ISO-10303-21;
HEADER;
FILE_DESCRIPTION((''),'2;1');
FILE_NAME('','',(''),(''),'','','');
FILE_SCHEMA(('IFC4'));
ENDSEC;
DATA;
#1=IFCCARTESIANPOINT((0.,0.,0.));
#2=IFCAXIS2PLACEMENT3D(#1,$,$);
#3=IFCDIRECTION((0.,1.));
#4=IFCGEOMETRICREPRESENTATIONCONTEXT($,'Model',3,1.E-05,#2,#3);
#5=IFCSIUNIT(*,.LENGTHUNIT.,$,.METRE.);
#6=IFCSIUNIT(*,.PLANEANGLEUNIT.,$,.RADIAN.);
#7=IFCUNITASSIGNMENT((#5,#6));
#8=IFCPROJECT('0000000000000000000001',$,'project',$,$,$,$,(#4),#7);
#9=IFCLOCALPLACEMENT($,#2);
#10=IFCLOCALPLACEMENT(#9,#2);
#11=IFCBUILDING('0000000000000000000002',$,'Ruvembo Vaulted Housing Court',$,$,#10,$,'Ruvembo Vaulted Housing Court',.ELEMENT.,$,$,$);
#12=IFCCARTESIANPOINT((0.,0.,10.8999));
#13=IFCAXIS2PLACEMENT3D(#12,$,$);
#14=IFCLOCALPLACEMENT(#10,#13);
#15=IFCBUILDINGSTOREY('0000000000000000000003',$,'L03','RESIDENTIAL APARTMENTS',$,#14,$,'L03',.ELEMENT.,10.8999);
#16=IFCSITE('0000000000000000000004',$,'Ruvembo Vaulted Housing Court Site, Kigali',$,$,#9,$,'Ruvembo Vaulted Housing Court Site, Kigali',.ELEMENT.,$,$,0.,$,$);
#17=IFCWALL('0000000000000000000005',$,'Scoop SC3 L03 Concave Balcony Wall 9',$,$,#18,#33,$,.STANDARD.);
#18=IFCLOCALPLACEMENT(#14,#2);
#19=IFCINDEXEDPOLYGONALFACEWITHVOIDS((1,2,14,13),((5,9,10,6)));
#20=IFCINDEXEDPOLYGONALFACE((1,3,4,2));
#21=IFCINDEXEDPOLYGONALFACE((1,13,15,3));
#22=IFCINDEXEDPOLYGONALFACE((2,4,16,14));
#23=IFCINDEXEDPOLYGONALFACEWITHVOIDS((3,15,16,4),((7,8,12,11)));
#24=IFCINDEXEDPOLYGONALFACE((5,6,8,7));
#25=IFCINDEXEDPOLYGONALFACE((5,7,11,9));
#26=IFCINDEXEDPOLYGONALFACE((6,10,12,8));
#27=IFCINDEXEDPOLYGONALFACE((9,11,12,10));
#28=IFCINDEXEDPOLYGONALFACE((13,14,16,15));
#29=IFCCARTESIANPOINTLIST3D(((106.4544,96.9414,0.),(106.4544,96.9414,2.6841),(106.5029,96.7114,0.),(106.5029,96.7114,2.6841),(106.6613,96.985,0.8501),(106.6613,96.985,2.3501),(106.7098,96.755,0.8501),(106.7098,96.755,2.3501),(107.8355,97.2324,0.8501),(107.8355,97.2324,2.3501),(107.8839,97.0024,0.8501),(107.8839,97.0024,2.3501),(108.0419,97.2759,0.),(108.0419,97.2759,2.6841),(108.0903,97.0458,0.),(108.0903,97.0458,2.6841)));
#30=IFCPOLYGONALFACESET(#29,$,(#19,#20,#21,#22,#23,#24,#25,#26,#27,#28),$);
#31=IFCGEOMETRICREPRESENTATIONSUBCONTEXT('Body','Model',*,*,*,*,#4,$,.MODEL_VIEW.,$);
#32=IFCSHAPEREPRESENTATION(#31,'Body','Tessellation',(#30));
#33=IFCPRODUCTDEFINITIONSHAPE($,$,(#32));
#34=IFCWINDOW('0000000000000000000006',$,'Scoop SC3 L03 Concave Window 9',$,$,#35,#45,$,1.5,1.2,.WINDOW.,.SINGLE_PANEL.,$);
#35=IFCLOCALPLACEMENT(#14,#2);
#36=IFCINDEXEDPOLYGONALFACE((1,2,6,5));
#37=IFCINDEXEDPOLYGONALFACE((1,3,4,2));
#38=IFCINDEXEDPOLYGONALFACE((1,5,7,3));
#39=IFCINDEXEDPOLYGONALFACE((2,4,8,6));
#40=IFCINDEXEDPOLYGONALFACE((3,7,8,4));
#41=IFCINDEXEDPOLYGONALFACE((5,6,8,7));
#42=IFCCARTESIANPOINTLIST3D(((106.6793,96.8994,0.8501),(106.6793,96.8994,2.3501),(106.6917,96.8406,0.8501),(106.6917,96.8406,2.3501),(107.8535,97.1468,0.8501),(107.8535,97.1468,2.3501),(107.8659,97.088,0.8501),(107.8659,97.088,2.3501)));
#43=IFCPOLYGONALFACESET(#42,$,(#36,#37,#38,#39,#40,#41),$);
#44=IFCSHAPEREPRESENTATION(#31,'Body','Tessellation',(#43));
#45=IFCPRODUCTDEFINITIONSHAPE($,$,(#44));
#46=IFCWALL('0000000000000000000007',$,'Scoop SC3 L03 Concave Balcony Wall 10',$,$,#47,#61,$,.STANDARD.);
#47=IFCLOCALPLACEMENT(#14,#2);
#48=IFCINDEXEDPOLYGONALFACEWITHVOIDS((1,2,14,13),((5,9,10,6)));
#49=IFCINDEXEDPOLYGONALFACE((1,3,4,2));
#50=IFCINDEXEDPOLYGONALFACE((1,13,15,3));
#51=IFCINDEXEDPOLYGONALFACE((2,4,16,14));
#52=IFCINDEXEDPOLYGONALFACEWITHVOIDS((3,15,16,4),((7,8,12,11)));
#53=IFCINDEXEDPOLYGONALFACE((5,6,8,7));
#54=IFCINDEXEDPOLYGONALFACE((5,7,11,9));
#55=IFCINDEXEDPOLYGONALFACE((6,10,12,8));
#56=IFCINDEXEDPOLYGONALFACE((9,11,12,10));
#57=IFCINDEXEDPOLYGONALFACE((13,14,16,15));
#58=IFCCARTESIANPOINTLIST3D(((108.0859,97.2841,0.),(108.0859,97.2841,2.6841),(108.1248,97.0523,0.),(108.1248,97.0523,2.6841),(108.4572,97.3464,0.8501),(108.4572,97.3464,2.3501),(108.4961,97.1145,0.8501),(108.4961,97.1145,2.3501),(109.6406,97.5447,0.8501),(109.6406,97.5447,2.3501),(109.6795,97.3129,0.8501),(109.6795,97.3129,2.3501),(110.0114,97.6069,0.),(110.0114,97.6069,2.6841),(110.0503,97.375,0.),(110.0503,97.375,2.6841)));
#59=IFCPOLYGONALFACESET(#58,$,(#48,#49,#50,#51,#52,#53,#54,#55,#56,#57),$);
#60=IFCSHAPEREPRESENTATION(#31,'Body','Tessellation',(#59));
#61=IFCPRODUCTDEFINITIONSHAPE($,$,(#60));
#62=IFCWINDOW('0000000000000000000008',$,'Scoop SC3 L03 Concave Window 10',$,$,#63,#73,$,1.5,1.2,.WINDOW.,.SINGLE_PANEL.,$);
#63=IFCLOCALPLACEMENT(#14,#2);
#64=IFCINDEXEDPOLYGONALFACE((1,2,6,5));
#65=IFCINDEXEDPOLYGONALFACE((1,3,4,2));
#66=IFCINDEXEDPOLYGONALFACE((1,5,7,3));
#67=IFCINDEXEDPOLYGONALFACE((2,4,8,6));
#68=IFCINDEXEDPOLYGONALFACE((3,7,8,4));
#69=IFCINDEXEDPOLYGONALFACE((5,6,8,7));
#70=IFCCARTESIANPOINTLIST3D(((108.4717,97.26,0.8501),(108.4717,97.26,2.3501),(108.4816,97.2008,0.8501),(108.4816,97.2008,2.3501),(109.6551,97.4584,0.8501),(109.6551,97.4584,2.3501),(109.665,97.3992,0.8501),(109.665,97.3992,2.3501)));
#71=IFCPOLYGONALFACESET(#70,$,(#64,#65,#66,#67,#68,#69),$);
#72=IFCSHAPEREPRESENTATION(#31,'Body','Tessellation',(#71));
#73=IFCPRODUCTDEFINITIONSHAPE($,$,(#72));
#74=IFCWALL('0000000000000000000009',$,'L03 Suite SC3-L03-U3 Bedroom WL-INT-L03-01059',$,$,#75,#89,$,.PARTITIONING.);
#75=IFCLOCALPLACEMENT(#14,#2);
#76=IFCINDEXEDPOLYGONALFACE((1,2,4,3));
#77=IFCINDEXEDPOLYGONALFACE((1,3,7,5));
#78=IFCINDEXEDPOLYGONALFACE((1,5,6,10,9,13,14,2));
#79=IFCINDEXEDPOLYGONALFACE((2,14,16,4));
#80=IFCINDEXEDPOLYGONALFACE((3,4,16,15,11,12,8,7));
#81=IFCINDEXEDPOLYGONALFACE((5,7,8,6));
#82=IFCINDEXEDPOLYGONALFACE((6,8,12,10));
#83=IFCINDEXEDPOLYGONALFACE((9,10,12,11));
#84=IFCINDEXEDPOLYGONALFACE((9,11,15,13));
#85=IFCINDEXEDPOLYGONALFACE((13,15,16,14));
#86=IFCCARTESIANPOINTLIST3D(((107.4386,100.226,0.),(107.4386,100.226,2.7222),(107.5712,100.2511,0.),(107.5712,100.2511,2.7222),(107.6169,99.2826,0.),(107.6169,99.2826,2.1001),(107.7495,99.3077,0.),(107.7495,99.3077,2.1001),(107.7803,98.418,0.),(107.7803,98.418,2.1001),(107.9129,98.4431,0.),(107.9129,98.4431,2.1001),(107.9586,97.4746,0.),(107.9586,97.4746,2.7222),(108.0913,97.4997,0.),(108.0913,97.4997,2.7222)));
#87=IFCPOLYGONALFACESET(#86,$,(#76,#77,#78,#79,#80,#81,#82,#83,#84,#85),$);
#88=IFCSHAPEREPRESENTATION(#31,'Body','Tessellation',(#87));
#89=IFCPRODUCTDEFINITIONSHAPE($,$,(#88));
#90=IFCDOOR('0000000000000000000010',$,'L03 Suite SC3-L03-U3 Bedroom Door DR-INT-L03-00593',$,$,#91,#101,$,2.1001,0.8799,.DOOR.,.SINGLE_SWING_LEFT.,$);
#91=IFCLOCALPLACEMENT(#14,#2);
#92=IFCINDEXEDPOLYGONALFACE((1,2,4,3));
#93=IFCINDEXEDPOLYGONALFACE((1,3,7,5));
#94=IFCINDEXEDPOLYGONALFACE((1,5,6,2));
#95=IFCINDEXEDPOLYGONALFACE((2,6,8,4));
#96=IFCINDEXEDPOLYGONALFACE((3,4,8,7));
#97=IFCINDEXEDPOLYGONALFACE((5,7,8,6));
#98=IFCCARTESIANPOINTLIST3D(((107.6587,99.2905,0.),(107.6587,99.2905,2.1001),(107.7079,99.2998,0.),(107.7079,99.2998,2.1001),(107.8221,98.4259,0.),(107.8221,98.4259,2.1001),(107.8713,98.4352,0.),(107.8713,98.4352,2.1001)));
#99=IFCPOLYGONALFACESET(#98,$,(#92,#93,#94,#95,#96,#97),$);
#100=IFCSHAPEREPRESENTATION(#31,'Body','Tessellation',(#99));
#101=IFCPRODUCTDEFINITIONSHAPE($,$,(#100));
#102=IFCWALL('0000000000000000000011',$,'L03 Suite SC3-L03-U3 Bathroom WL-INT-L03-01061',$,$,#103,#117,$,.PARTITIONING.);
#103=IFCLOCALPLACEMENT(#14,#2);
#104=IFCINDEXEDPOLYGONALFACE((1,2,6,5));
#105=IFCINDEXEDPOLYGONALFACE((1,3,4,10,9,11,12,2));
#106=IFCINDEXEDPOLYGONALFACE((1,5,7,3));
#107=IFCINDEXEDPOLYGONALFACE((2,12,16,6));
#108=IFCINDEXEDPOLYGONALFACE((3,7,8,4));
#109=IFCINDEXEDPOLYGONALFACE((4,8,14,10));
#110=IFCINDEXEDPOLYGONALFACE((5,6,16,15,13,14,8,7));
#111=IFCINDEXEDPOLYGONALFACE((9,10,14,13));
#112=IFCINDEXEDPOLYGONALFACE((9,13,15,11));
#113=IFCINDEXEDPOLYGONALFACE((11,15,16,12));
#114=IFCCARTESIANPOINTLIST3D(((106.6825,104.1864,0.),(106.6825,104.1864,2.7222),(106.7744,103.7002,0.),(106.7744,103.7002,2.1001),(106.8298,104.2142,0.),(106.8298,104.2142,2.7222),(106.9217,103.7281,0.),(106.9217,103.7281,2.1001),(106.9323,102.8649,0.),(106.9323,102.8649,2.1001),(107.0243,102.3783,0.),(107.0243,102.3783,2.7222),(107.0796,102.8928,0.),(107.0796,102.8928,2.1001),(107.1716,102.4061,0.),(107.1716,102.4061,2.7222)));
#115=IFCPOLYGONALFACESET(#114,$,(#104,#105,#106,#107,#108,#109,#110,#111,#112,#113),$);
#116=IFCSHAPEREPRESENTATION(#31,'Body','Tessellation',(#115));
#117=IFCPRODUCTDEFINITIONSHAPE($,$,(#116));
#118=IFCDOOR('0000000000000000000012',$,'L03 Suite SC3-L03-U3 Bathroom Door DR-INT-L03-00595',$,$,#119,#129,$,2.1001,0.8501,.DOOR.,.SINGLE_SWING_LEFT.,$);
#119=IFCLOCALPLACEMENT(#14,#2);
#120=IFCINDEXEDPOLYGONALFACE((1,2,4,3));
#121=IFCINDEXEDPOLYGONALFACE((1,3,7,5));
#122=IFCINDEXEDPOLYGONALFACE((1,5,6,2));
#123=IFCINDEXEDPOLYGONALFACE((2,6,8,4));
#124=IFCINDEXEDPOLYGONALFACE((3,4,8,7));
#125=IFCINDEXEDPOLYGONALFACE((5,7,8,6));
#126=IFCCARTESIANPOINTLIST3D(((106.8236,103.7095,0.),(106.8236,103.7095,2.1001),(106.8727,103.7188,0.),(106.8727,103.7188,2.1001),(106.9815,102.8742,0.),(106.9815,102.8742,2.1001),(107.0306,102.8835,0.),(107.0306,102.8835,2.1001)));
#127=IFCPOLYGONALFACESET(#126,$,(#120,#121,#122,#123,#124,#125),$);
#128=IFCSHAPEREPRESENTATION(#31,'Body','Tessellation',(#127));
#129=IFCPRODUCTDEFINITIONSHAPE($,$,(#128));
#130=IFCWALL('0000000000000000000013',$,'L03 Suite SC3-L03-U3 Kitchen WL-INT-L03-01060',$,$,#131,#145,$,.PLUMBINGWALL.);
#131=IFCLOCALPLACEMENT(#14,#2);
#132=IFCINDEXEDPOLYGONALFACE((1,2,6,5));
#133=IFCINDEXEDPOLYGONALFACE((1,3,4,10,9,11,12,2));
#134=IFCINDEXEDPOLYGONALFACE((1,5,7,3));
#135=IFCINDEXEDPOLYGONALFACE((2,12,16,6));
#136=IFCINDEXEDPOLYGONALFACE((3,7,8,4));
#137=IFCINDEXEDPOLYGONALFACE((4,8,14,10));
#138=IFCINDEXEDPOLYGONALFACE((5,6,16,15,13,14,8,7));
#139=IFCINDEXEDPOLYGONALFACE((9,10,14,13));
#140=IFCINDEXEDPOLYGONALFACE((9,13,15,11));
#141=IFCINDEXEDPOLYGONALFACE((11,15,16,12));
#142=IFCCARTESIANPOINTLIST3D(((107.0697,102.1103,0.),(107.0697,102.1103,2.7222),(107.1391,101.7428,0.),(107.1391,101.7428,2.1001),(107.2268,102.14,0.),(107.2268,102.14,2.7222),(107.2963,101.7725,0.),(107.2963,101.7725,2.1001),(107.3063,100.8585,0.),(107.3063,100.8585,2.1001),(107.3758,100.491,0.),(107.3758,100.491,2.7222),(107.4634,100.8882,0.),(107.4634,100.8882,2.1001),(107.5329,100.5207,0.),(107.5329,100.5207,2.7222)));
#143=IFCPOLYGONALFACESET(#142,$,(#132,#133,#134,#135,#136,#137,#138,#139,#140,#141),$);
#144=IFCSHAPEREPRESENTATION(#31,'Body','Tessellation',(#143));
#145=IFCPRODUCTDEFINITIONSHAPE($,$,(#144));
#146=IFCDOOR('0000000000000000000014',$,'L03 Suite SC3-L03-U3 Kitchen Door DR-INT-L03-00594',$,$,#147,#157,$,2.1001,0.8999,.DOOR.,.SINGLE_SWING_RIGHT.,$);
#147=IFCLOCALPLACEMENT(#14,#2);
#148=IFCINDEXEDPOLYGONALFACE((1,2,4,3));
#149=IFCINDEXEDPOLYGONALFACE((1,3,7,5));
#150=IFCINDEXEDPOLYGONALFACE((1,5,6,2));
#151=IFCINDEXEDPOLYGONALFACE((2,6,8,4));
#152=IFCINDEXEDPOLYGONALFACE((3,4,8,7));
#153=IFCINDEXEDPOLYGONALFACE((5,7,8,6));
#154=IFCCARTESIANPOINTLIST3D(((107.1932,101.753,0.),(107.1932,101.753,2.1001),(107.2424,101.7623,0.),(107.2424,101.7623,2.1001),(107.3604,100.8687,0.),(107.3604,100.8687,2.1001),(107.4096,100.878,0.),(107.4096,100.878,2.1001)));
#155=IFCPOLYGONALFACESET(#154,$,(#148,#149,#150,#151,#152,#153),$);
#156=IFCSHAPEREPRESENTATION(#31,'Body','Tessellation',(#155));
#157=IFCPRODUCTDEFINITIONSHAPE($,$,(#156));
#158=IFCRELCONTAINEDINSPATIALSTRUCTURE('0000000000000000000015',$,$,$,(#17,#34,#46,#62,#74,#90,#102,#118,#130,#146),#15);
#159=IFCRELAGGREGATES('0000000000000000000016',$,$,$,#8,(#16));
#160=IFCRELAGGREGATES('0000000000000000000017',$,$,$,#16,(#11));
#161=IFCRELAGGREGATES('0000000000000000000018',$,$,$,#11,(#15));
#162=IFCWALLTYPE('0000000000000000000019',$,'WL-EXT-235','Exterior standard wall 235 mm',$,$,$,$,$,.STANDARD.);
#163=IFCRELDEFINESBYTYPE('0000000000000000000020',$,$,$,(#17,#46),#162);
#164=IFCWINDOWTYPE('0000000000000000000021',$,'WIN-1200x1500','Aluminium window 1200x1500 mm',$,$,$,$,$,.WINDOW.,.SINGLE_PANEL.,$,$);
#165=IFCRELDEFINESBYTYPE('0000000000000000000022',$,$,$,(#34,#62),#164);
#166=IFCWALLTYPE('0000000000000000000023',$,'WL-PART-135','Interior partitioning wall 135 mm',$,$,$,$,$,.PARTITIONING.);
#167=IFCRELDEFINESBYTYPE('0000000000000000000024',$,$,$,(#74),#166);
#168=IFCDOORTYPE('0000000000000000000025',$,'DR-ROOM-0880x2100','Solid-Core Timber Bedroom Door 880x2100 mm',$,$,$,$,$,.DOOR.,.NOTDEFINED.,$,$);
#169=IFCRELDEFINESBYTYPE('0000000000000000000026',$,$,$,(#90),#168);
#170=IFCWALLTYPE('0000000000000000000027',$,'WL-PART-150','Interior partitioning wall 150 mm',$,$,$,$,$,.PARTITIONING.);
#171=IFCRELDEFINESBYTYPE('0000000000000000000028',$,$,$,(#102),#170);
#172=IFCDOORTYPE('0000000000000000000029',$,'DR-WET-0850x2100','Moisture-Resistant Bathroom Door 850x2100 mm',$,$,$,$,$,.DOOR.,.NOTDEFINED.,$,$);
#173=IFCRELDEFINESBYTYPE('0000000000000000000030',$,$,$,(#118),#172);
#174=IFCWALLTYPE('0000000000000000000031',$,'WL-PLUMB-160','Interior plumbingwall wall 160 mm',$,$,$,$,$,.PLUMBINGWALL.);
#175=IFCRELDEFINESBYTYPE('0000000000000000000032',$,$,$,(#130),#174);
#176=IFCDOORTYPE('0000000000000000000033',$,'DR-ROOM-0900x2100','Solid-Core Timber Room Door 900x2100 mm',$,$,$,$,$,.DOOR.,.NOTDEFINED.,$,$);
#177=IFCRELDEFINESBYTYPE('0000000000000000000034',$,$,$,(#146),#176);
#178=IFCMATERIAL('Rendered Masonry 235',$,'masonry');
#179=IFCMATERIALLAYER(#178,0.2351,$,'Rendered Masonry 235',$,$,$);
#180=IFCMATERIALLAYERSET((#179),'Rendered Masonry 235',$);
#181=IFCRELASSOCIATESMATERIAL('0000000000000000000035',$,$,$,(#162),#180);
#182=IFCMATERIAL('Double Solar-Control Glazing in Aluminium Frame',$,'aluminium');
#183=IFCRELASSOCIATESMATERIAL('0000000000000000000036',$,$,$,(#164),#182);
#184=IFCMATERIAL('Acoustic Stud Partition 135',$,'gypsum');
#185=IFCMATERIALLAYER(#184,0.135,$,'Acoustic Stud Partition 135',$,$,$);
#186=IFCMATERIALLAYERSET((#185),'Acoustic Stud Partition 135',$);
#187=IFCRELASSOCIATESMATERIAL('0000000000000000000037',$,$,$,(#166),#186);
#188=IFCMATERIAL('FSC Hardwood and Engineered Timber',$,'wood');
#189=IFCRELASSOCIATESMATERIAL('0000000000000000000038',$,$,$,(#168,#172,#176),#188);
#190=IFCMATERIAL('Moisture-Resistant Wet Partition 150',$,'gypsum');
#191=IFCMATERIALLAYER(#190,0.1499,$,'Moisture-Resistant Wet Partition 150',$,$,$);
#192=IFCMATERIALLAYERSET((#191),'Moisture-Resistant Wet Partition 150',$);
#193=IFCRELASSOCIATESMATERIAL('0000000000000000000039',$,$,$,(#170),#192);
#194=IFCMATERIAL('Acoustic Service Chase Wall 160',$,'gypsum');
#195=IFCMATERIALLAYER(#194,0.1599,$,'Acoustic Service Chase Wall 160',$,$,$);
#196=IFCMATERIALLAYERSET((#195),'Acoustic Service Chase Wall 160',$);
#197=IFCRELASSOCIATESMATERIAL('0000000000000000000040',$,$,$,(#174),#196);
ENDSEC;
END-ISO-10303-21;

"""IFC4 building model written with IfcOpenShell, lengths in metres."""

from ifc_helpers import new_model, si_unit, direction, frame, frame_2d, origin, place, context, subcontext, project, spatial, rectangle, extrude, material, layer, layer_set, type_object, element, fill, save


model = new_model("IFC4")

# Units and contexts
model_context = context("Model", 3, precision=1e-05, world=origin(), true_north=direction((0.0, 1.0)))
body_context = subcontext(model_context, "Body", "Model", "MODEL_VIEW")
ifc_project = project(units=[si_unit("LENGTHUNIT", "METRE"), si_unit("PLANEANGLEUNIT", "RADIAN")], contexts=[model_context])

# Site, building, storey
site_placement = place(None, origin())
site = spatial("IfcSite", under=ifc_project, at=site_placement, Name="Ruvembo Vaulted Housing Court Site, Kigali", LongName="Ruvembo Vaulted Housing Court Site, Kigali", CompositionType="ELEMENT", RefElevation=0.0)
building_placement = place(site_placement, origin())
building = spatial("IfcBuilding", under=site, at=building_placement, Name="Ruvembo Vaulted Housing Court", LongName="Ruvembo Vaulted Housing Court", CompositionType="ELEMENT")
storey_placement = place(building_placement, frame((0.0, 0.0, 10.8999)))
storey = spatial("IfcBuildingStorey", under=building, at=storey_placement, Name="L03", Description="RESIDENTIAL APARTMENTS", LongName="L03", CompositionType="ELEMENT", Elevation=10.8999)

# Shared definitions
ifc_material_1 = material(Name="FSC Hardwood and Engineered Timber", Category="wood")

# Walls, openings, windows
ifc_material_2 = material(Name="Rendered Masonry 235", Category="masonry")
ifc_layer_1 = layer(ifc_material_2, 0.2351, Name="Rendered Masonry 235")
ifc_layer_set_1 = layer_set([ifc_layer_1], Name="Rendered Masonry 235")
wall_type_1 = type_object("IfcWallType", Name="WL-EXT-235", Description="Exterior standard wall 235 mm", PredefinedType="STANDARD", material=ifc_layer_set_1)
wall_1_placement = place(storey_placement, frame((106.4788, 96.8264, 0.0), z_axis=(0.0, 0.0, 1.0), x_axis=(0.978515, 0.206177, 0.0)))
wall_1 = element("IfcWall", 1, at=wall_1_placement, inside=storey, type_object=wall_type_1, Name="Scoop SC3 L03 Concave Balcony Wall 9", PredefinedType="STANDARD", context=body_context, shape_type="SweptSolid", body=[
    extrude(rectangle(XDim=1.6223, YDim=0.2351, at=frame_2d((0.811, 0.0))), origin(), (0.0, 0.0, 1.0), 2.6841),
])
opening_1_placement = place(wall_1_placement, frame((0.2112, 0.0, 0.8501)))
opening_1 = element("IfcOpeningElement", 2, at=opening_1_placement, cuts=wall_1, PredefinedType="OPENING", context=body_context, shape_type="SweptSolid", body=[
    extrude(rectangle(XDim=1.2, YDim=1.5, at=frame_2d((0.6001, 0.75))), frame((0.0, 0.1274, 0.0), z_axis=(0.0, -1.0, 0.0), x_axis=(1.0, 0.0, 0.0)), (0.0, 0.0, 1.0), 0.2551),
])
ifc_material_3 = material(Name="Double Solar-Control Glazing in Aluminium Frame", Category="aluminium")
window_type = type_object("IfcWindowType", Name="WIN-1200x1500", Description="Aluminium window 1200x1500 mm", PartitioningType="SINGLE_PANEL", PredefinedType="WINDOW", material=ifc_material_3)
window_1_placement = place(opening_1_placement, origin())
window_1 = element("IfcWindow", 3, at=window_1_placement, inside=storey, type_object=window_type, Name="Scoop SC3 L03 Concave Window 9", OverallHeight=1.5, OverallWidth=1.2, PartitioningType="SINGLE_PANEL", PredefinedType="WINDOW", context=body_context, shape_type="SweptSolid", body=[
    extrude(rectangle(XDim=1.2, YDim=1.5, at=frame_2d((0.6001, 0.75))), frame((0.0, 0.03, 0.0), z_axis=(0.0, -1.0, 0.0), x_axis=(1.0, 0.0, 0.0)), (0.0, 0.0, 1.0), 0.0601),
])
fill(opening_1, window_1)
wall_2_placement = place(storey_placement, frame((108.1055, 97.1682, 0.0), z_axis=(0.0, 0.0, 1.0), x_axis=(0.986241, 0.165311, 0.0)))
wall_2 = element("IfcWall", 4, at=wall_2_placement, inside=storey, type_object=wall_type_1, Name="Scoop SC3 L03 Concave Balcony Wall 10", PredefinedType="STANDARD", context=body_context, shape_type="SweptSolid", body=[
    extrude(rectangle(XDim=1.9524, YDim=0.2351, at=frame_2d((0.9761, 0.0))), origin(), (0.0, 0.0, 1.0), 2.6841),
])
opening_2_placement = place(wall_2_placement, frame((0.3762, 0.0, 0.8501)))
opening_2 = element("IfcOpeningElement", 5, at=opening_2_placement, cuts=wall_2, PredefinedType="OPENING", context=body_context, shape_type="SweptSolid", body=[
    extrude(rectangle(XDim=1.2, YDim=1.5, at=frame_2d((0.6001, 0.75))), frame((0.0, 0.1274, 0.0), z_axis=(0.0, -1.0, 0.0), x_axis=(1.0, 0.0, 0.0)), (0.0, 0.0, 1.0), 0.2551),
])
window_2_placement = place(opening_2_placement, origin())
window_2 = element("IfcWindow", 6, at=window_2_placement, inside=storey, type_object=window_type, Name="Scoop SC3 L03 Concave Window 10", OverallHeight=1.5, OverallWidth=1.2, PartitioningType="SINGLE_PANEL", PredefinedType="WINDOW", context=body_context, shape_type="SweptSolid", body=[
    extrude(rectangle(XDim=1.2, YDim=1.5, at=frame_2d((0.6001, 0.75))), frame((0.0, 0.03, 0.0), z_axis=(0.0, -1.0, 0.0), x_axis=(1.0, 0.0, 0.0)), (0.0, 0.0, 1.0), 0.0601),
])
fill(opening_2, window_2)

# Walls, openings, doors
ifc_material_4 = material(Name="Acoustic Stud Partition 135", Category="gypsum")
ifc_layer_2 = layer(ifc_material_4, 0.135, Name="Acoustic Stud Partition 135")
ifc_layer_set_2 = layer_set([ifc_layer_2], Name="Acoustic Stud Partition 135")
wall_type_2 = type_object("IfcWallType", Name="WL-PART-135", Description="Interior partitioning wall 135 mm", PredefinedType="PARTITIONING", material=ifc_layer_set_2)
wall_3_placement = place(storey_placement, frame((108.0249, 97.4873, 0.0), z_axis=(0.0, 0.0, 1.0), x_axis=(-0.185726, 0.982602, 0.0)))
wall_3 = element("IfcWall", 7, at=wall_3_placement, inside=storey, type_object=wall_type_2, Name="L03 Suite SC3-L03-U3 Bedroom WL-INT-L03-01059", PredefinedType="PARTITIONING", context=body_context, shape_type="SweptSolid", body=[
    extrude(rectangle(XDim=2.8, YDim=0.135, at=frame_2d((1.3999, 0.0))), origin(), (0.0, 0.0, 1.0), 2.7222),
])
opening_3_placement = place(wall_3_placement, frame((0.96, 0.0, 0.0)))
opening_3 = element("IfcOpeningElement", 8, at=opening_3_placement, cuts=wall_3, PredefinedType="OPENING", context=body_context, shape_type="SweptSolid", body=[
    extrude(rectangle(XDim=0.8799, YDim=2.1001, at=frame_2d((0.4399, 1.05))), frame((0.0, 0.0774, 0.0), z_axis=(0.0, -1.0, 0.0), x_axis=(1.0, 0.0, 0.0)), (0.0, 0.0, 1.0), 0.155),
])
door_type_1 = type_object("IfcDoorType", Name="DR-ROOM-0880x2100", Description="Solid-Core Timber Bedroom Door 880x2100 mm", OperationType="NOTDEFINED", PredefinedType="DOOR", material=ifc_material_1)
door_1_placement = place(opening_3_placement, origin())
door_1 = element("IfcDoor", 9, at=door_1_placement, inside=storey, type_object=door_type_1, Name="L03 Suite SC3-L03-U3 Bedroom Door DR-INT-L03-00593", OperationType="SINGLE_SWING_LEFT", OverallHeight=2.1001, OverallWidth=0.8799, PredefinedType="DOOR", context=body_context, shape_type="SweptSolid", body=[
    extrude(rectangle(XDim=0.8799, YDim=2.1001, at=frame_2d((0.4399, 1.05))), frame((0.0, 0.0249, 0.0), z_axis=(0.0, -1.0, 0.0), x_axis=(1.0, 0.0, 0.0)), (0.0, 0.0, 1.0), 0.05),
])
fill(opening_3, door_1)
ifc_material_5 = material(Name="Moisture-Resistant Wet Partition 150", Category="gypsum")
ifc_layer_3 = layer(ifc_material_5, 0.1499, Name="Moisture-Resistant Wet Partition 150")
ifc_layer_set_3 = layer_set([ifc_layer_3], Name="Moisture-Resistant Wet Partition 150")
wall_type_3 = type_object("IfcWallType", Name="WL-PART-150", Description="Interior partitioning wall 150 mm", PredefinedType="PARTITIONING", material=ifc_layer_set_3)
wall_4_placement = place(storey_placement, frame((107.0979, 102.3923, 0.0), z_axis=(0.0, 0.0, 1.0), x_axis=(-0.185746, 0.982598, 0.0)))
wall_4 = element("IfcWall", 10, at=wall_4_placement, inside=storey, type_object=wall_type_3, Name="L03 Suite SC3-L03-U3 Bathroom WL-INT-L03-01061", PredefinedType="PARTITIONING", context=body_context, shape_type="SweptSolid", body=[
    extrude(rectangle(XDim=1.8401, YDim=0.1499, at=frame_2d((0.9199, 0.0))), origin(), (0.0, 0.0, 1.0), 2.7222),
])
opening_4_placement = place(wall_4_placement, frame((0.4951, 0.0, 0.0)))
opening_4 = element("IfcOpeningElement", 11, at=opening_4_placement, cuts=wall_4, PredefinedType="OPENING", context=body_context, shape_type="SweptSolid", body=[
    extrude(rectangle(XDim=0.8501, YDim=2.1001, at=frame_2d((0.425, 1.05))), frame((0.0, 0.085, 0.0), z_axis=(0.0, -1.0, 0.0), x_axis=(1.0, 0.0, 0.0)), (0.0, 0.0, 1.0), 0.1699),
])
door_type_2 = type_object("IfcDoorType", Name="DR-WET-0850x2100", Description="Moisture-Resistant Bathroom Door 850x2100 mm", OperationType="NOTDEFINED", PredefinedType="DOOR", material=ifc_material_1)
door_2_placement = place(opening_4_placement, origin())
door_2 = element("IfcDoor", 12, at=door_2_placement, inside=storey, type_object=door_type_2, Name="L03 Suite SC3-L03-U3 Bathroom Door DR-INT-L03-00595", OperationType="SINGLE_SWING_LEFT", OverallHeight=2.1001, OverallWidth=0.8501, PredefinedType="DOOR", context=body_context, shape_type="SweptSolid", body=[
    extrude(rectangle(XDim=0.8501, YDim=2.1001, at=frame_2d((0.425, 1.05))), frame((0.0, 0.0249, 0.0), z_axis=(0.0, -1.0, 0.0), x_axis=(1.0, 0.0, 0.0)), (0.0, 0.0, 1.0), 0.05),
])
fill(opening_4, door_2)
ifc_material_6 = material(Name="Acoustic Service Chase Wall 160", Category="gypsum")
ifc_layer_4 = layer(ifc_material_6, 0.1599, Name="Acoustic Service Chase Wall 160")
ifc_layer_set_4 = layer_set([ifc_layer_4], Name="Acoustic Service Chase Wall 160")
wall_type_4 = type_object("IfcWallType", Name="WL-PLUMB-160", Description="Interior plumbingwall wall 160 mm", PredefinedType="PLUMBINGWALL", material=ifc_layer_set_4)
wall_5_placement = place(storey_placement, frame((107.4543, 100.5059, 0.0), z_axis=(0.0, 0.0, 1.0), x_axis=(-0.185764, 0.982594, 0.0)))
wall_5 = element("IfcWall", 13, at=wall_5_placement, inside=storey, type_object=wall_type_4, Name="L03 Suite SC3-L03-U3 Kitchen WL-INT-L03-01060", PredefinedType="PLUMBINGWALL", context=body_context, shape_type="SweptSolid", body=[
    extrude(rectangle(XDim=1.6479, YDim=0.1599, at=frame_2d((0.824, 0.0))), origin(), (0.0, 0.0, 1.0), 2.7222),
])
opening_5_placement = place(wall_5_placement, frame((0.374, 0.0, 0.0)))
opening_5 = element("IfcOpeningElement", 14, at=opening_5_placement, cuts=wall_5, PredefinedType="OPENING", context=body_context, shape_type="SweptSolid", body=[
    extrude(rectangle(XDim=0.8999, YDim=2.1001, at=frame_2d((0.45, 1.05))), frame((0.0, 0.0898, 0.0), z_axis=(0.0, -1.0, 0.0), x_axis=(1.0, 0.0, 0.0)), (0.0, 0.0, 1.0), 0.1799),
])
door_type_3 = type_object("IfcDoorType", Name="DR-ROOM-0900x2100", Description="Solid-Core Timber Room Door 900x2100 mm", OperationType="NOTDEFINED", PredefinedType="DOOR", material=ifc_material_1)
door_3_placement = place(opening_5_placement, origin())
door_3 = element("IfcDoor", 15, at=door_3_placement, inside=storey, type_object=door_type_3, Name="L03 Suite SC3-L03-U3 Kitchen Door DR-INT-L03-00594", OperationType="SINGLE_SWING_RIGHT", OverallHeight=2.1001, OverallWidth=0.8999, PredefinedType="DOOR", context=body_context, shape_type="SweptSolid", body=[
    extrude(rectangle(XDim=0.8999, YDim=2.1001, at=frame_2d((0.45, 1.05))), frame((0.0, 0.0249, 0.0), z_axis=(0.0, -1.0, 0.0), x_axis=(1.0, 0.0, 0.0)), (0.0, 0.0, 1.0), 0.05),
])
fill(opening_5, door_3)

save(model, "model.ifc")
